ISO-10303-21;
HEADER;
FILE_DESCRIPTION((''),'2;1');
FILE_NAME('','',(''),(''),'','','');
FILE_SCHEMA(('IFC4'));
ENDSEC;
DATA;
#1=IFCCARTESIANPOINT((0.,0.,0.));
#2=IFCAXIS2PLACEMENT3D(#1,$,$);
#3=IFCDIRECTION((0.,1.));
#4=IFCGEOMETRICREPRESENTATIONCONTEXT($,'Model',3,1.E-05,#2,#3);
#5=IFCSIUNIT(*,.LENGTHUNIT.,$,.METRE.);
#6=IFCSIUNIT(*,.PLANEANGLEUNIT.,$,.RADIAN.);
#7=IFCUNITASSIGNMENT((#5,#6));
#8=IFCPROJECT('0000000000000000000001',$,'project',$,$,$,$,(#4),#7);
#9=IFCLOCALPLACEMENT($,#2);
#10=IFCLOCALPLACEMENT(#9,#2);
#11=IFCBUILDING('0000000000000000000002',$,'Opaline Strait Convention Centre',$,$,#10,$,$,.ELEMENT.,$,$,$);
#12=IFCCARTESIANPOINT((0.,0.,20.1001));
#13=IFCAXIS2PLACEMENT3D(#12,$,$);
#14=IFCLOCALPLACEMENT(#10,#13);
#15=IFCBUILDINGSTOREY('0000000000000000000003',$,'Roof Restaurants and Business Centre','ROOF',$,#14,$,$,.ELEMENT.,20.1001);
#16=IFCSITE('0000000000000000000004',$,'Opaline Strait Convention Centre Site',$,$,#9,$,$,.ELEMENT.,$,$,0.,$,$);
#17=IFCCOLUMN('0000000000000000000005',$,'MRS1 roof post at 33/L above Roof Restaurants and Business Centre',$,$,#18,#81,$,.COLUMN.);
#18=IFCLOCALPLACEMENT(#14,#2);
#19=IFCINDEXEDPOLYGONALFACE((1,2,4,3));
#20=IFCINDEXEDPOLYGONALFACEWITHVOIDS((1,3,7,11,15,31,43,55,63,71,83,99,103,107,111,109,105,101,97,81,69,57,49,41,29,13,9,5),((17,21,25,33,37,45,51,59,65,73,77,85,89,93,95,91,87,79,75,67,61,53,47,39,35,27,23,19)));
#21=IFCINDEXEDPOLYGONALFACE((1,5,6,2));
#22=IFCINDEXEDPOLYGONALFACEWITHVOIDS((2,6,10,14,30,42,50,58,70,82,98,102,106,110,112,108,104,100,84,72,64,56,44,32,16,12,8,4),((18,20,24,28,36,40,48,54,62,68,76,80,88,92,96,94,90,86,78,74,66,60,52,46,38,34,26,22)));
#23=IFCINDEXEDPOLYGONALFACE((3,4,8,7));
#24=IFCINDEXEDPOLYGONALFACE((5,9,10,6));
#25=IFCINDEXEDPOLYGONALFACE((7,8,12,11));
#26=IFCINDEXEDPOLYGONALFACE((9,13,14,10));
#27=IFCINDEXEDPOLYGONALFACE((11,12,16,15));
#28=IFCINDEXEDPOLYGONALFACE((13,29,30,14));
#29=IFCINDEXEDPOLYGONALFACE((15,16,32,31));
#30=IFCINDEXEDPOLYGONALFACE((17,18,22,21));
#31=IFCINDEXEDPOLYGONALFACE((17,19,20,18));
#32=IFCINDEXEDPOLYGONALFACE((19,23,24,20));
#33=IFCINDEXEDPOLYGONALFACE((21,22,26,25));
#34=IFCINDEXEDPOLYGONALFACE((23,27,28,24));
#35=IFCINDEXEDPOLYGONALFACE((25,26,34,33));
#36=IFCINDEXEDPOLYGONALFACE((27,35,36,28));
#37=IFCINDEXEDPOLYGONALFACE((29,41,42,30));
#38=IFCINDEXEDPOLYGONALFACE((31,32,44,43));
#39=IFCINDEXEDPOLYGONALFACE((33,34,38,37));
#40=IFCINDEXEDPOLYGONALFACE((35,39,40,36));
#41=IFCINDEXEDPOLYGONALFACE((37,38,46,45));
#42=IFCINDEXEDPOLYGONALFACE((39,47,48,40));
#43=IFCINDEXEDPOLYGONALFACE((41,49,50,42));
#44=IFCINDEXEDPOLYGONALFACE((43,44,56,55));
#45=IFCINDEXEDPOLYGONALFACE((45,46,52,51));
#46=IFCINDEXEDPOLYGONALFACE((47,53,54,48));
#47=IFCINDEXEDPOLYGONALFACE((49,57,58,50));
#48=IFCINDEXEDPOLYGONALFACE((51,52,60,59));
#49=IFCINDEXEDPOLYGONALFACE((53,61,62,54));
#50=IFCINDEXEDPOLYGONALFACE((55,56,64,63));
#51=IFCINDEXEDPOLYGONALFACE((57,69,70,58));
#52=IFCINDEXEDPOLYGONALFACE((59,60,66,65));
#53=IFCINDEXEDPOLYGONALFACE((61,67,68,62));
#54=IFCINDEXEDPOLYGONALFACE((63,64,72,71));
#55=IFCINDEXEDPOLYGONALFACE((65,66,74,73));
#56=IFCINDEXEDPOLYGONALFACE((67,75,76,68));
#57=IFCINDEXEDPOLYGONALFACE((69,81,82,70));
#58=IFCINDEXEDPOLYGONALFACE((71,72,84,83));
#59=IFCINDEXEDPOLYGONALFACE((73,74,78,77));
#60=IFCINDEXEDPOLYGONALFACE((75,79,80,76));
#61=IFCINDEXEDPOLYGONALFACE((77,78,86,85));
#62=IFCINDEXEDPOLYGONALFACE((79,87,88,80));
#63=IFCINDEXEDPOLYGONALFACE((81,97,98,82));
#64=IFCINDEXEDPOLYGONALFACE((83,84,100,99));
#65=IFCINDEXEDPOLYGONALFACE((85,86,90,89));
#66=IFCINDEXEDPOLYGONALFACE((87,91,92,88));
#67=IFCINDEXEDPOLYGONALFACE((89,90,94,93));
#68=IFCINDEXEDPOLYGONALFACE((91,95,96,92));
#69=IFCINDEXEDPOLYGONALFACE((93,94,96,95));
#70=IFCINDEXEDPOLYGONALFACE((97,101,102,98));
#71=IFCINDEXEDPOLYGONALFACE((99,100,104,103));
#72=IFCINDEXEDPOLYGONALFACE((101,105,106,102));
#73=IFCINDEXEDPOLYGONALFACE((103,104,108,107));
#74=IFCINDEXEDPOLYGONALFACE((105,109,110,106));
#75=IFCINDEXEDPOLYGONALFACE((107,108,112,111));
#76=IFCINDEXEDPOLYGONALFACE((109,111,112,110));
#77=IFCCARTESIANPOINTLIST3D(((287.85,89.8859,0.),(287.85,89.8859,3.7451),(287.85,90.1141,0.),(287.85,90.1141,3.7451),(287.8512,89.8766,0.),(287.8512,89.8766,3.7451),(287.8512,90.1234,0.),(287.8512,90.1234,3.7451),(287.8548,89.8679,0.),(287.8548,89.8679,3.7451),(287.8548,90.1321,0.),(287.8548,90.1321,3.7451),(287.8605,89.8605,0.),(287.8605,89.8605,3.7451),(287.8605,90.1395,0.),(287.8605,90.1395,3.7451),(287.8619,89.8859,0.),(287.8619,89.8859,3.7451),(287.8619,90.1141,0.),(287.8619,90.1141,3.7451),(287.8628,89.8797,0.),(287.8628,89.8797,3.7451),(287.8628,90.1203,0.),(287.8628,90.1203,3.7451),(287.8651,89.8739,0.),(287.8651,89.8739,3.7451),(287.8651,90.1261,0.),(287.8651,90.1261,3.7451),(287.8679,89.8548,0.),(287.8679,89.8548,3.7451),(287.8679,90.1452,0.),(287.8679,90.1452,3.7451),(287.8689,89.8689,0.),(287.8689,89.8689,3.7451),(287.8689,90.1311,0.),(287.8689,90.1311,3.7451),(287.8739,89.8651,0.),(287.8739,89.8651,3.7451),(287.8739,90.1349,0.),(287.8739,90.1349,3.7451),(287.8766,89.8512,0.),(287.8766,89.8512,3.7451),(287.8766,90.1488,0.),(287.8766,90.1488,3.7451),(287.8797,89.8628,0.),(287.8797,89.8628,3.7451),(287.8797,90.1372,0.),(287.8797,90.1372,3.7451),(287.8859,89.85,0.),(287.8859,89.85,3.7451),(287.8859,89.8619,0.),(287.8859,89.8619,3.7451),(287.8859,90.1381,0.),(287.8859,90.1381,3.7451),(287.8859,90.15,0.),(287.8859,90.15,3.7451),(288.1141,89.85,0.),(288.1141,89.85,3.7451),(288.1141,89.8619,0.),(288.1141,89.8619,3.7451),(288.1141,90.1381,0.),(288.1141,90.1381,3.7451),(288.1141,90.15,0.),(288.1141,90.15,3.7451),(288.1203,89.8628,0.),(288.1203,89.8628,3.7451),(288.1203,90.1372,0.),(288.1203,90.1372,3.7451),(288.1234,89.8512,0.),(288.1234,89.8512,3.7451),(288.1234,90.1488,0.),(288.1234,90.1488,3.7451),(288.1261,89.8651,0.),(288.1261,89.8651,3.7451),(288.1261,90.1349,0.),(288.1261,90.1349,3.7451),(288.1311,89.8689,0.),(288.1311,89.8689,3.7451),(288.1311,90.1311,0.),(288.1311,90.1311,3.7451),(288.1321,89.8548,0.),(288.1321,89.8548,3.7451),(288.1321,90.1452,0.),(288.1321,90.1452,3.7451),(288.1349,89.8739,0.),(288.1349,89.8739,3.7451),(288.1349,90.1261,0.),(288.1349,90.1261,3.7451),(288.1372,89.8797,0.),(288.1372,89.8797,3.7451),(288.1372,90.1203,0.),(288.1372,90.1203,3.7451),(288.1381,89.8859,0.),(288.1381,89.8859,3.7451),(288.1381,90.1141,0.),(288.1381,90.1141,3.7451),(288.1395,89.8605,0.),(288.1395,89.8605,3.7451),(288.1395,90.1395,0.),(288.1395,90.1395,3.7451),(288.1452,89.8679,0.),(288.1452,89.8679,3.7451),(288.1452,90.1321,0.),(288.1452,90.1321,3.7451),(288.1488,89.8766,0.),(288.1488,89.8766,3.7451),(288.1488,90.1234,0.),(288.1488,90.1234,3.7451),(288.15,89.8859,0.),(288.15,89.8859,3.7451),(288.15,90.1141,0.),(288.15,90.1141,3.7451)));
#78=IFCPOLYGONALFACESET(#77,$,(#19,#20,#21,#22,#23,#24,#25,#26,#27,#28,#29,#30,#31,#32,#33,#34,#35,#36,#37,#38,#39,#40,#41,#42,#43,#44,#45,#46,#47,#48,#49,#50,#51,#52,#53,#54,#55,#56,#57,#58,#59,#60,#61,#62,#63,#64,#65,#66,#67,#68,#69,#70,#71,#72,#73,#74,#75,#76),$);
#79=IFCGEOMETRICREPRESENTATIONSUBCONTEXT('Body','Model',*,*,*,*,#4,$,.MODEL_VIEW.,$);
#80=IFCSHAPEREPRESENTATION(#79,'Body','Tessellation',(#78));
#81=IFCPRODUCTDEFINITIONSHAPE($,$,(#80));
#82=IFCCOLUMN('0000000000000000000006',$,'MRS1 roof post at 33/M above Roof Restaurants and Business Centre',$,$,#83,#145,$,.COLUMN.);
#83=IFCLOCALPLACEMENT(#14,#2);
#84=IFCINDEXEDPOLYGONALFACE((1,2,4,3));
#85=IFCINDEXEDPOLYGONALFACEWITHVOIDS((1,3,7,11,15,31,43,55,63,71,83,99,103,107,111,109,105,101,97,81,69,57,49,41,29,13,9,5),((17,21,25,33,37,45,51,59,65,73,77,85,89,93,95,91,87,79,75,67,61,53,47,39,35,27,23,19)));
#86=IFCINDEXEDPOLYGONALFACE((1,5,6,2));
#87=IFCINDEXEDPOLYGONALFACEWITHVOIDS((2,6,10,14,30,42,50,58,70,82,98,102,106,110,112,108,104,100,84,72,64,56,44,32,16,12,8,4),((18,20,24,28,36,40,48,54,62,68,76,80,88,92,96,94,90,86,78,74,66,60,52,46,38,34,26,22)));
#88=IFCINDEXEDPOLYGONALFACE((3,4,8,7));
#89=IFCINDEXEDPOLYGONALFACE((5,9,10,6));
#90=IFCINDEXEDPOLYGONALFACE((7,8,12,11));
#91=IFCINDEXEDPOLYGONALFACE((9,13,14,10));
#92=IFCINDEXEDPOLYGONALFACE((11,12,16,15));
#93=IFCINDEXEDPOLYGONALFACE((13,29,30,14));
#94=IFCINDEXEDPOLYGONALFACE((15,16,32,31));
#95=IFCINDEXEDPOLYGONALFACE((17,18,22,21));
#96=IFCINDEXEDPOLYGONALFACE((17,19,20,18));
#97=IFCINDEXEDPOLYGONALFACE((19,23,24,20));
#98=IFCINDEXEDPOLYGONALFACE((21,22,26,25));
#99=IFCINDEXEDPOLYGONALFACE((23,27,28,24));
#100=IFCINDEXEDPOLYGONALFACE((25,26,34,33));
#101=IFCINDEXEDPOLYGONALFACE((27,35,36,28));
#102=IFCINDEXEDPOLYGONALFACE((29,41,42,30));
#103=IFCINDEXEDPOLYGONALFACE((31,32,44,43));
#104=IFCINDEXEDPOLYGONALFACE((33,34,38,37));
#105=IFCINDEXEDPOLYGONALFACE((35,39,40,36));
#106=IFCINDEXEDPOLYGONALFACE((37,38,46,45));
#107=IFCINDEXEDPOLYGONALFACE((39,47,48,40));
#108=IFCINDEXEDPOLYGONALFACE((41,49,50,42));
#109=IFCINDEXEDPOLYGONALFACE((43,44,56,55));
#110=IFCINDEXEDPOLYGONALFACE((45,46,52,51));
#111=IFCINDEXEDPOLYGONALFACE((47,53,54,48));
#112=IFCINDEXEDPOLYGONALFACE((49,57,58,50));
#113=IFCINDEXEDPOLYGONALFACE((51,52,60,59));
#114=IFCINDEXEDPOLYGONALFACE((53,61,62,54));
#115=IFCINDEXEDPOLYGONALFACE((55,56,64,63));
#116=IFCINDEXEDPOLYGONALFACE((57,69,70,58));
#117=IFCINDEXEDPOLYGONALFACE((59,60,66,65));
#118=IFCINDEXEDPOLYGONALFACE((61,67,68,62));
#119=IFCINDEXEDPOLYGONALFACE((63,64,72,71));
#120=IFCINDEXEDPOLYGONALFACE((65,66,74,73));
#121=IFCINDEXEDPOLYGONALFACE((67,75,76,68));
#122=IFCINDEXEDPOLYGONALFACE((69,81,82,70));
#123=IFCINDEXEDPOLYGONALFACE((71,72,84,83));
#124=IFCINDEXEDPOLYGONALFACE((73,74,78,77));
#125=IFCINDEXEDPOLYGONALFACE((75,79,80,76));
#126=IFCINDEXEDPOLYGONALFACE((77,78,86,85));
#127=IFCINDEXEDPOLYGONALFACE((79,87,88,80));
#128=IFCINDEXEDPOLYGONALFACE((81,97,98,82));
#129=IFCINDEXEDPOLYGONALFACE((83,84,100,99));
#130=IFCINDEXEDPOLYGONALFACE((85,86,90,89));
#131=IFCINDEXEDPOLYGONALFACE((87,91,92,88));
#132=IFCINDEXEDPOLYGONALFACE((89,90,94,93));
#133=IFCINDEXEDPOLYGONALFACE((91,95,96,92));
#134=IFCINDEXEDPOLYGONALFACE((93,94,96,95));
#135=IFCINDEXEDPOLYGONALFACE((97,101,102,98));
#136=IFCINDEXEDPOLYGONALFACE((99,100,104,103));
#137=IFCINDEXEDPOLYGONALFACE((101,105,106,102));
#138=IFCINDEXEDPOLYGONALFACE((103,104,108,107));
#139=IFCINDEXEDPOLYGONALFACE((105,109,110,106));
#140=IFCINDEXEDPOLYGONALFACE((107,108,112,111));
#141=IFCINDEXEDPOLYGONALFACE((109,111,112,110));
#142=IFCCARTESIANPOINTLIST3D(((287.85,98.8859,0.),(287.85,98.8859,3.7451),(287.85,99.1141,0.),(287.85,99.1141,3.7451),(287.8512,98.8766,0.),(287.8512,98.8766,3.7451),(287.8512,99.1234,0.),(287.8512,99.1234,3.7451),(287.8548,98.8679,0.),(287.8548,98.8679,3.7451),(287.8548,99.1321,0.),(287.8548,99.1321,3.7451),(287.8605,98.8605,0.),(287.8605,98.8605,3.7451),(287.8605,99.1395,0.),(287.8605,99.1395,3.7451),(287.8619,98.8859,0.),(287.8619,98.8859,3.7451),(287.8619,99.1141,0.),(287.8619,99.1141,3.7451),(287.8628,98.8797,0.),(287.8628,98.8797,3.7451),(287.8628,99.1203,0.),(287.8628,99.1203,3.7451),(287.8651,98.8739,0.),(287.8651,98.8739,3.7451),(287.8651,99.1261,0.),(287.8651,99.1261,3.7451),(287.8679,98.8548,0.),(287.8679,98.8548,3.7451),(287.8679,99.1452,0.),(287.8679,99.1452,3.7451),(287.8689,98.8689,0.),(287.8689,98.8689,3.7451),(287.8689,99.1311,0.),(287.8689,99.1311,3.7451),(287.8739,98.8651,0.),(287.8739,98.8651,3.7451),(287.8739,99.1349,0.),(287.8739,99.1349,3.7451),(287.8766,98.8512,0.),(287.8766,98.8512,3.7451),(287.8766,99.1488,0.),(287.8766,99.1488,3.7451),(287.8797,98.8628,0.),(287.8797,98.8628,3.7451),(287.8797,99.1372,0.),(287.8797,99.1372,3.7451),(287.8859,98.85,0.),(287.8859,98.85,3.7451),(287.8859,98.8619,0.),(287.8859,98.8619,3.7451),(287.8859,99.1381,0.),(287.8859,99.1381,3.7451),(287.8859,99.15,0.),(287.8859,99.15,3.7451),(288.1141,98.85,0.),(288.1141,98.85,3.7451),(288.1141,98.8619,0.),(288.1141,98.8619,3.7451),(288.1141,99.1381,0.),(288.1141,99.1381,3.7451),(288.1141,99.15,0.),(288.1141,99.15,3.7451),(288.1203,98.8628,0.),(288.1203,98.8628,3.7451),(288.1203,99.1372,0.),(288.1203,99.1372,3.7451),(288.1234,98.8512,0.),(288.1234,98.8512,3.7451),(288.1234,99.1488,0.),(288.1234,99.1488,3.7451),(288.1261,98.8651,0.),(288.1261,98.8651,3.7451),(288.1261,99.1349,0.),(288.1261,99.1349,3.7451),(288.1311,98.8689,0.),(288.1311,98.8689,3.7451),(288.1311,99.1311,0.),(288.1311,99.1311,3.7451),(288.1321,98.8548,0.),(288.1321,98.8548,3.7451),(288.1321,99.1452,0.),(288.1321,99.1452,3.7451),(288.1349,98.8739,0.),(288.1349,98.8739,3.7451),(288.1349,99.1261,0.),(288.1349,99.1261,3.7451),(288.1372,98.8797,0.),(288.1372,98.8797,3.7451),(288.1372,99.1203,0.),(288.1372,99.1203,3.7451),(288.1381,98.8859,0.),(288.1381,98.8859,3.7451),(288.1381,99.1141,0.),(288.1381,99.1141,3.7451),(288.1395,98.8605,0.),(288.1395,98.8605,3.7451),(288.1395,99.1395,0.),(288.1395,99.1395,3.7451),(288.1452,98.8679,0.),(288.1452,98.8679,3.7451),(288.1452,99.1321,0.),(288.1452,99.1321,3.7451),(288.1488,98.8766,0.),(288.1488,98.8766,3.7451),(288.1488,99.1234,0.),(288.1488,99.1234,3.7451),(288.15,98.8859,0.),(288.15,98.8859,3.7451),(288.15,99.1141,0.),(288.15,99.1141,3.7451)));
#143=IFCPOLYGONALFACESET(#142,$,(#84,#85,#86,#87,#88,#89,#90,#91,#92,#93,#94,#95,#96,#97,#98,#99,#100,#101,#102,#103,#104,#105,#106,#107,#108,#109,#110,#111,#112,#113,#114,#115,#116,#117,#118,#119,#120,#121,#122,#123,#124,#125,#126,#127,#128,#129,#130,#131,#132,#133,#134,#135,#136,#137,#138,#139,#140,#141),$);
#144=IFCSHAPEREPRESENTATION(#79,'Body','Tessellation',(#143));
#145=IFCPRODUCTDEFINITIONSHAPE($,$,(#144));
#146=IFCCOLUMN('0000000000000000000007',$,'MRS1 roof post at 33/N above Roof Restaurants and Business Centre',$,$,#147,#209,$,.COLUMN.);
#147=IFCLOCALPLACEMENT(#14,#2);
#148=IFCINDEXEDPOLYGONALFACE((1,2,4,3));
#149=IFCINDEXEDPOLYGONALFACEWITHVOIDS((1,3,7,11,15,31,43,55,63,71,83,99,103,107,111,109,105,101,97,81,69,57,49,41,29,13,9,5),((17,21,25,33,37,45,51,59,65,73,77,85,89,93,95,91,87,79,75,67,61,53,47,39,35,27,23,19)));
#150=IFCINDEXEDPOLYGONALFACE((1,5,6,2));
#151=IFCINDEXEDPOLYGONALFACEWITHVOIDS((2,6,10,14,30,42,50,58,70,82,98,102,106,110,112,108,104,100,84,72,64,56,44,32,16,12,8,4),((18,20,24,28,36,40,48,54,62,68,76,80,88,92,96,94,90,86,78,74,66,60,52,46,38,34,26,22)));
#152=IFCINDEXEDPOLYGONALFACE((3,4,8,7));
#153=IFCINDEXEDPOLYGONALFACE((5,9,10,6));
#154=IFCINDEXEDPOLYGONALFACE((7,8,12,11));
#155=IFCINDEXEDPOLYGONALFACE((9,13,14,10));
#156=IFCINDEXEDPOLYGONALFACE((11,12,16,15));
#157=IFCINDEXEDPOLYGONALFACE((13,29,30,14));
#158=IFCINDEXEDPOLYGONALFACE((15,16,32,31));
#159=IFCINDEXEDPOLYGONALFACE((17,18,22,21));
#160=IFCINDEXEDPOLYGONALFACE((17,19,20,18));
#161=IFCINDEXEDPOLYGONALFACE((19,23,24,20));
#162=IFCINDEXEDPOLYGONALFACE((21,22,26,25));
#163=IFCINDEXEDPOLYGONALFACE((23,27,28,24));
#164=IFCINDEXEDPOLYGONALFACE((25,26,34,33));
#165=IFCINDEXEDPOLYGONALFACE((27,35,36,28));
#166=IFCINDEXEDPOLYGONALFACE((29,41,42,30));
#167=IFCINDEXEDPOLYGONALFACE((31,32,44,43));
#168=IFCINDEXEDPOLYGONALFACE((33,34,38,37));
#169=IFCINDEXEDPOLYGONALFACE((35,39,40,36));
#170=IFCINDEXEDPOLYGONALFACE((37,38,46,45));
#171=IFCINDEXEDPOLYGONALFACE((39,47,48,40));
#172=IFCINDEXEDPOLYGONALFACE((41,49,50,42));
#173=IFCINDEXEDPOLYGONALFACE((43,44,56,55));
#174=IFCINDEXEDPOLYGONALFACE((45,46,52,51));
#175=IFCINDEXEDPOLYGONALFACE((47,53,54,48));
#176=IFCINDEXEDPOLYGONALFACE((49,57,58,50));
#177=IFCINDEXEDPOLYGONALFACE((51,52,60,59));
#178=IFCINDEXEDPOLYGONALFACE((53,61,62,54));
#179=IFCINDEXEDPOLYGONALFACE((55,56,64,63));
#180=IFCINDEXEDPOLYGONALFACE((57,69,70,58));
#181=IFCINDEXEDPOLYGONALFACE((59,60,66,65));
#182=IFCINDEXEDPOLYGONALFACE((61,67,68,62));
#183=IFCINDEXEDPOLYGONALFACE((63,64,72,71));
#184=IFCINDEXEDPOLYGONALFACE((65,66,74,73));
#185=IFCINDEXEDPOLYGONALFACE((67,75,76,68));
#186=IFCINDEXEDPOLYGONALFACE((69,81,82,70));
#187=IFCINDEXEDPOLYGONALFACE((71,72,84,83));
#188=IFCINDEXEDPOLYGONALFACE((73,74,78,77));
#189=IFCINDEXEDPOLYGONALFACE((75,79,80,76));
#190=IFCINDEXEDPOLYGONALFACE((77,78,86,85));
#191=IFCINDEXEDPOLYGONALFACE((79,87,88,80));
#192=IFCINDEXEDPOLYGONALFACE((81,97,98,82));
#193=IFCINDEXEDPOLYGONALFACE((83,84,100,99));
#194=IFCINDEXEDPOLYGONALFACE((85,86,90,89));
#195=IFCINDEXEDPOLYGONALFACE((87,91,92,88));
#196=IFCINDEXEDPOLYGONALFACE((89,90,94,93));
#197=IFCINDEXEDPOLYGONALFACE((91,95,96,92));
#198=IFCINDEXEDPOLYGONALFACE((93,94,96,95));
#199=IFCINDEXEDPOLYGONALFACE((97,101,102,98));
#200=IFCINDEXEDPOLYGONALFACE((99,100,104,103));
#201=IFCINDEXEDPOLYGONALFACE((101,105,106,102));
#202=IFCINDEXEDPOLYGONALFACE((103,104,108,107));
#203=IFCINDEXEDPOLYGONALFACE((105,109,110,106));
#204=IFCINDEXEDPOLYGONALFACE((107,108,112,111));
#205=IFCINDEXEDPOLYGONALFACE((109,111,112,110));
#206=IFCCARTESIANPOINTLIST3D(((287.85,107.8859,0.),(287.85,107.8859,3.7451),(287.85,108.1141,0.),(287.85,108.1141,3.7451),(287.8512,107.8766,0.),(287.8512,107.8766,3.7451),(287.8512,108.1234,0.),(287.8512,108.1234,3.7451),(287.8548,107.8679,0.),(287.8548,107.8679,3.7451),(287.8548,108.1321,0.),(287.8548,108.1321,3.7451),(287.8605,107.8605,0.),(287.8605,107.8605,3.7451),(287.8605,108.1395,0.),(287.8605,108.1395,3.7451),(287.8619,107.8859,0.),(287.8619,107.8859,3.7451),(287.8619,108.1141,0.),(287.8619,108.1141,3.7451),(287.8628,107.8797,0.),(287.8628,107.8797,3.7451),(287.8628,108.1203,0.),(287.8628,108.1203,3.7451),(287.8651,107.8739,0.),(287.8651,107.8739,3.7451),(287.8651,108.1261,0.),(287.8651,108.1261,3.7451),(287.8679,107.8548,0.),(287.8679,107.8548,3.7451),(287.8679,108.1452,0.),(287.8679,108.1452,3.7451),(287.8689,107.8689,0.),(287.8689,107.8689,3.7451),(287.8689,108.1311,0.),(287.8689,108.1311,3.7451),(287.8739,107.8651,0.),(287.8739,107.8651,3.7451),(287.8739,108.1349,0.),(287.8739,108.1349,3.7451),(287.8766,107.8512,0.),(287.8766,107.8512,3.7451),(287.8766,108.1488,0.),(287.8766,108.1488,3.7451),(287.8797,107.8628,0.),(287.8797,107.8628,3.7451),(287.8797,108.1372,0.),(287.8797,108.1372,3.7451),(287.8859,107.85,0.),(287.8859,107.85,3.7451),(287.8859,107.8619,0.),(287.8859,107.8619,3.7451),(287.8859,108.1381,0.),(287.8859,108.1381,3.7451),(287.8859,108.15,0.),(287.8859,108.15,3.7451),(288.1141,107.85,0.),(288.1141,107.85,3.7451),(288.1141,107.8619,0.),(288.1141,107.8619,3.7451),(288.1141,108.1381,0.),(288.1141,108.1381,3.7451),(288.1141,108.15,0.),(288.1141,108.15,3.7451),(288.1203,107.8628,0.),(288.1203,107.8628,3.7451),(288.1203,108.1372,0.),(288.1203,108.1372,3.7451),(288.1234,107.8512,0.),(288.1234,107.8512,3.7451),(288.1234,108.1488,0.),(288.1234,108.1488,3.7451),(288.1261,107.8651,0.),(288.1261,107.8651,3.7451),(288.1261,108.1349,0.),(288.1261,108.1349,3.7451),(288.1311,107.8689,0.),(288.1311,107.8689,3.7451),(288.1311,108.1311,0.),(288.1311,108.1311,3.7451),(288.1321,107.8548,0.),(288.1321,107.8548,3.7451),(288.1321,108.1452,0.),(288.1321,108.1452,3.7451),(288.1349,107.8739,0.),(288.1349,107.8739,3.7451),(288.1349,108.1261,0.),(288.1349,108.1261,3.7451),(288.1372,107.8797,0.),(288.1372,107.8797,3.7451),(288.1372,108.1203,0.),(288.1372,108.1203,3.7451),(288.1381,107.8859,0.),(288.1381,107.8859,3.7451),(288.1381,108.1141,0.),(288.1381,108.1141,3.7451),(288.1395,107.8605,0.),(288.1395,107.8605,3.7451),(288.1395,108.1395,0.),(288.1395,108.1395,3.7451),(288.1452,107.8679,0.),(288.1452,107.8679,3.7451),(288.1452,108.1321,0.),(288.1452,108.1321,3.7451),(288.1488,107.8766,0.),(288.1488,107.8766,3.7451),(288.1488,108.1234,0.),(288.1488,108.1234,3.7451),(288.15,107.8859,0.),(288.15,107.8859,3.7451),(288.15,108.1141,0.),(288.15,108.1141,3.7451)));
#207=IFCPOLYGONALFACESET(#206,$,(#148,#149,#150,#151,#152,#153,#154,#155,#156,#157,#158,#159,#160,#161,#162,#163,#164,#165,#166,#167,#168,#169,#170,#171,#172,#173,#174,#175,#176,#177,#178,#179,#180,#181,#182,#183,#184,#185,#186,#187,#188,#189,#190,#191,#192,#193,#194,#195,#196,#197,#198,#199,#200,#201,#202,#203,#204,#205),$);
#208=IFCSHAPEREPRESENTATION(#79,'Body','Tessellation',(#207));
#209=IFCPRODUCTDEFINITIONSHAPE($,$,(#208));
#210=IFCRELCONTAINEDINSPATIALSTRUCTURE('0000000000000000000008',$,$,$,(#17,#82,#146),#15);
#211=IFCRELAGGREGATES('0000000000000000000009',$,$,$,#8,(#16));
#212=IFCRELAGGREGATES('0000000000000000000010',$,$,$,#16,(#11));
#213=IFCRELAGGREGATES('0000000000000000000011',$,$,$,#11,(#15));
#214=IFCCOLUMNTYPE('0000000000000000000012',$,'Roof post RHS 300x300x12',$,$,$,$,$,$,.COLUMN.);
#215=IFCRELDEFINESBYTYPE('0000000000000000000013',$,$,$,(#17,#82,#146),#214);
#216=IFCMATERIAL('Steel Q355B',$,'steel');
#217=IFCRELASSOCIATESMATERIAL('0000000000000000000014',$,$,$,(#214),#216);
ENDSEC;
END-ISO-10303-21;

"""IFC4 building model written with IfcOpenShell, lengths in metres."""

from ifc_helpers import new_model, si_unit, direction, frame, origin, origin_2d, place, context, subcontext, project, spatial, hollow_rectangle, extrude, material, material_profile, profile_set, type_object, element, save


model = new_model("IFC4")

# Units and contexts
model_context = context("Model", 3, precision=1e-05, world=origin(), true_north=direction((0.0, 1.0)))
body_context = subcontext(model_context, "Body", "Model", "MODEL_VIEW")
ifc_project = project(units=[si_unit("LENGTHUNIT", "METRE"), si_unit("PLANEANGLEUNIT", "RADIAN")], contexts=[model_context])

# Site, building, storey
site_placement = place(None, origin())
site = spatial("IfcSite", under=ifc_project, at=site_placement, Name="Opaline Strait Convention Centre Site", CompositionType="ELEMENT", RefElevation=0.0)
building_placement = place(site_placement, origin())
building = spatial("IfcBuilding", under=site, at=building_placement, Name="Opaline Strait Convention Centre", CompositionType="ELEMENT")
storey_placement = place(building_placement, frame((0.0, 0.0, 20.1001)))
storey = spatial("IfcBuildingStorey", under=building, at=storey_placement, Name="Roof Restaurants and Business Centre", Description="ROOF", CompositionType="ELEMENT", Elevation=20.1001)

# Columns
ifc_material_1 = material(Name="Steel Q355B", Category="steel")
ifc_material_profile_1 = material_profile(ifc_material_1, hollow_rectangle(XDim=0.3, YDim=0.3, WallThickness=0.012, InnerFilletRadius=0.0239, OuterFilletRadius=0.0359, at=origin_2d()), Name="RHS 300x300x12")
ifc_profile_set_1 = profile_set([ifc_material_profile_1], Name="Steel Q355B")
column_type_1 = type_object("IfcColumnType", Name="Roof post RHS 300x300x12", PredefinedType="COLUMN", material=ifc_profile_set_1)
for number, where, z_axis, x_axis, name in (
    (1, (288.0, 90.0, 0.0), (0.0, 0.0, 1.0), (1.0, 0.0, 0.0), "MRS1 roof post at 33/L above Roof Restaurants and Business Centre"),
    (2, (288.0, 99.0, 0.0), (0.0, 0.0, 1.0), (1.0, 0.0, 0.0), "MRS1 roof post at 33/M above Roof Restaurants and Business Centre"),
    (3, (288.0, 108.0, 0.0), (0.0, 0.0, 1.0), (1.0, 0.0, 0.0), "MRS1 roof post at 33/N above Roof Restaurants and Business Centre"),
):
    element("IfcColumn", number, at=place(storey_placement, frame(where, z_axis=z_axis, x_axis=x_axis)), inside=storey, type_object=column_type_1, Name=name, PredefinedType="COLUMN", context=body_context, shape_type="SweptSolid", body=[
        extrude(hollow_rectangle(XDim=0.3, YDim=0.3, WallThickness=0.012, InnerFilletRadius=0.0239, OuterFilletRadius=0.0359, at=origin_2d()), origin(), (0.0, 0.0, 1.0), 3.7451),
    ])

save(model, "model.ifc")
